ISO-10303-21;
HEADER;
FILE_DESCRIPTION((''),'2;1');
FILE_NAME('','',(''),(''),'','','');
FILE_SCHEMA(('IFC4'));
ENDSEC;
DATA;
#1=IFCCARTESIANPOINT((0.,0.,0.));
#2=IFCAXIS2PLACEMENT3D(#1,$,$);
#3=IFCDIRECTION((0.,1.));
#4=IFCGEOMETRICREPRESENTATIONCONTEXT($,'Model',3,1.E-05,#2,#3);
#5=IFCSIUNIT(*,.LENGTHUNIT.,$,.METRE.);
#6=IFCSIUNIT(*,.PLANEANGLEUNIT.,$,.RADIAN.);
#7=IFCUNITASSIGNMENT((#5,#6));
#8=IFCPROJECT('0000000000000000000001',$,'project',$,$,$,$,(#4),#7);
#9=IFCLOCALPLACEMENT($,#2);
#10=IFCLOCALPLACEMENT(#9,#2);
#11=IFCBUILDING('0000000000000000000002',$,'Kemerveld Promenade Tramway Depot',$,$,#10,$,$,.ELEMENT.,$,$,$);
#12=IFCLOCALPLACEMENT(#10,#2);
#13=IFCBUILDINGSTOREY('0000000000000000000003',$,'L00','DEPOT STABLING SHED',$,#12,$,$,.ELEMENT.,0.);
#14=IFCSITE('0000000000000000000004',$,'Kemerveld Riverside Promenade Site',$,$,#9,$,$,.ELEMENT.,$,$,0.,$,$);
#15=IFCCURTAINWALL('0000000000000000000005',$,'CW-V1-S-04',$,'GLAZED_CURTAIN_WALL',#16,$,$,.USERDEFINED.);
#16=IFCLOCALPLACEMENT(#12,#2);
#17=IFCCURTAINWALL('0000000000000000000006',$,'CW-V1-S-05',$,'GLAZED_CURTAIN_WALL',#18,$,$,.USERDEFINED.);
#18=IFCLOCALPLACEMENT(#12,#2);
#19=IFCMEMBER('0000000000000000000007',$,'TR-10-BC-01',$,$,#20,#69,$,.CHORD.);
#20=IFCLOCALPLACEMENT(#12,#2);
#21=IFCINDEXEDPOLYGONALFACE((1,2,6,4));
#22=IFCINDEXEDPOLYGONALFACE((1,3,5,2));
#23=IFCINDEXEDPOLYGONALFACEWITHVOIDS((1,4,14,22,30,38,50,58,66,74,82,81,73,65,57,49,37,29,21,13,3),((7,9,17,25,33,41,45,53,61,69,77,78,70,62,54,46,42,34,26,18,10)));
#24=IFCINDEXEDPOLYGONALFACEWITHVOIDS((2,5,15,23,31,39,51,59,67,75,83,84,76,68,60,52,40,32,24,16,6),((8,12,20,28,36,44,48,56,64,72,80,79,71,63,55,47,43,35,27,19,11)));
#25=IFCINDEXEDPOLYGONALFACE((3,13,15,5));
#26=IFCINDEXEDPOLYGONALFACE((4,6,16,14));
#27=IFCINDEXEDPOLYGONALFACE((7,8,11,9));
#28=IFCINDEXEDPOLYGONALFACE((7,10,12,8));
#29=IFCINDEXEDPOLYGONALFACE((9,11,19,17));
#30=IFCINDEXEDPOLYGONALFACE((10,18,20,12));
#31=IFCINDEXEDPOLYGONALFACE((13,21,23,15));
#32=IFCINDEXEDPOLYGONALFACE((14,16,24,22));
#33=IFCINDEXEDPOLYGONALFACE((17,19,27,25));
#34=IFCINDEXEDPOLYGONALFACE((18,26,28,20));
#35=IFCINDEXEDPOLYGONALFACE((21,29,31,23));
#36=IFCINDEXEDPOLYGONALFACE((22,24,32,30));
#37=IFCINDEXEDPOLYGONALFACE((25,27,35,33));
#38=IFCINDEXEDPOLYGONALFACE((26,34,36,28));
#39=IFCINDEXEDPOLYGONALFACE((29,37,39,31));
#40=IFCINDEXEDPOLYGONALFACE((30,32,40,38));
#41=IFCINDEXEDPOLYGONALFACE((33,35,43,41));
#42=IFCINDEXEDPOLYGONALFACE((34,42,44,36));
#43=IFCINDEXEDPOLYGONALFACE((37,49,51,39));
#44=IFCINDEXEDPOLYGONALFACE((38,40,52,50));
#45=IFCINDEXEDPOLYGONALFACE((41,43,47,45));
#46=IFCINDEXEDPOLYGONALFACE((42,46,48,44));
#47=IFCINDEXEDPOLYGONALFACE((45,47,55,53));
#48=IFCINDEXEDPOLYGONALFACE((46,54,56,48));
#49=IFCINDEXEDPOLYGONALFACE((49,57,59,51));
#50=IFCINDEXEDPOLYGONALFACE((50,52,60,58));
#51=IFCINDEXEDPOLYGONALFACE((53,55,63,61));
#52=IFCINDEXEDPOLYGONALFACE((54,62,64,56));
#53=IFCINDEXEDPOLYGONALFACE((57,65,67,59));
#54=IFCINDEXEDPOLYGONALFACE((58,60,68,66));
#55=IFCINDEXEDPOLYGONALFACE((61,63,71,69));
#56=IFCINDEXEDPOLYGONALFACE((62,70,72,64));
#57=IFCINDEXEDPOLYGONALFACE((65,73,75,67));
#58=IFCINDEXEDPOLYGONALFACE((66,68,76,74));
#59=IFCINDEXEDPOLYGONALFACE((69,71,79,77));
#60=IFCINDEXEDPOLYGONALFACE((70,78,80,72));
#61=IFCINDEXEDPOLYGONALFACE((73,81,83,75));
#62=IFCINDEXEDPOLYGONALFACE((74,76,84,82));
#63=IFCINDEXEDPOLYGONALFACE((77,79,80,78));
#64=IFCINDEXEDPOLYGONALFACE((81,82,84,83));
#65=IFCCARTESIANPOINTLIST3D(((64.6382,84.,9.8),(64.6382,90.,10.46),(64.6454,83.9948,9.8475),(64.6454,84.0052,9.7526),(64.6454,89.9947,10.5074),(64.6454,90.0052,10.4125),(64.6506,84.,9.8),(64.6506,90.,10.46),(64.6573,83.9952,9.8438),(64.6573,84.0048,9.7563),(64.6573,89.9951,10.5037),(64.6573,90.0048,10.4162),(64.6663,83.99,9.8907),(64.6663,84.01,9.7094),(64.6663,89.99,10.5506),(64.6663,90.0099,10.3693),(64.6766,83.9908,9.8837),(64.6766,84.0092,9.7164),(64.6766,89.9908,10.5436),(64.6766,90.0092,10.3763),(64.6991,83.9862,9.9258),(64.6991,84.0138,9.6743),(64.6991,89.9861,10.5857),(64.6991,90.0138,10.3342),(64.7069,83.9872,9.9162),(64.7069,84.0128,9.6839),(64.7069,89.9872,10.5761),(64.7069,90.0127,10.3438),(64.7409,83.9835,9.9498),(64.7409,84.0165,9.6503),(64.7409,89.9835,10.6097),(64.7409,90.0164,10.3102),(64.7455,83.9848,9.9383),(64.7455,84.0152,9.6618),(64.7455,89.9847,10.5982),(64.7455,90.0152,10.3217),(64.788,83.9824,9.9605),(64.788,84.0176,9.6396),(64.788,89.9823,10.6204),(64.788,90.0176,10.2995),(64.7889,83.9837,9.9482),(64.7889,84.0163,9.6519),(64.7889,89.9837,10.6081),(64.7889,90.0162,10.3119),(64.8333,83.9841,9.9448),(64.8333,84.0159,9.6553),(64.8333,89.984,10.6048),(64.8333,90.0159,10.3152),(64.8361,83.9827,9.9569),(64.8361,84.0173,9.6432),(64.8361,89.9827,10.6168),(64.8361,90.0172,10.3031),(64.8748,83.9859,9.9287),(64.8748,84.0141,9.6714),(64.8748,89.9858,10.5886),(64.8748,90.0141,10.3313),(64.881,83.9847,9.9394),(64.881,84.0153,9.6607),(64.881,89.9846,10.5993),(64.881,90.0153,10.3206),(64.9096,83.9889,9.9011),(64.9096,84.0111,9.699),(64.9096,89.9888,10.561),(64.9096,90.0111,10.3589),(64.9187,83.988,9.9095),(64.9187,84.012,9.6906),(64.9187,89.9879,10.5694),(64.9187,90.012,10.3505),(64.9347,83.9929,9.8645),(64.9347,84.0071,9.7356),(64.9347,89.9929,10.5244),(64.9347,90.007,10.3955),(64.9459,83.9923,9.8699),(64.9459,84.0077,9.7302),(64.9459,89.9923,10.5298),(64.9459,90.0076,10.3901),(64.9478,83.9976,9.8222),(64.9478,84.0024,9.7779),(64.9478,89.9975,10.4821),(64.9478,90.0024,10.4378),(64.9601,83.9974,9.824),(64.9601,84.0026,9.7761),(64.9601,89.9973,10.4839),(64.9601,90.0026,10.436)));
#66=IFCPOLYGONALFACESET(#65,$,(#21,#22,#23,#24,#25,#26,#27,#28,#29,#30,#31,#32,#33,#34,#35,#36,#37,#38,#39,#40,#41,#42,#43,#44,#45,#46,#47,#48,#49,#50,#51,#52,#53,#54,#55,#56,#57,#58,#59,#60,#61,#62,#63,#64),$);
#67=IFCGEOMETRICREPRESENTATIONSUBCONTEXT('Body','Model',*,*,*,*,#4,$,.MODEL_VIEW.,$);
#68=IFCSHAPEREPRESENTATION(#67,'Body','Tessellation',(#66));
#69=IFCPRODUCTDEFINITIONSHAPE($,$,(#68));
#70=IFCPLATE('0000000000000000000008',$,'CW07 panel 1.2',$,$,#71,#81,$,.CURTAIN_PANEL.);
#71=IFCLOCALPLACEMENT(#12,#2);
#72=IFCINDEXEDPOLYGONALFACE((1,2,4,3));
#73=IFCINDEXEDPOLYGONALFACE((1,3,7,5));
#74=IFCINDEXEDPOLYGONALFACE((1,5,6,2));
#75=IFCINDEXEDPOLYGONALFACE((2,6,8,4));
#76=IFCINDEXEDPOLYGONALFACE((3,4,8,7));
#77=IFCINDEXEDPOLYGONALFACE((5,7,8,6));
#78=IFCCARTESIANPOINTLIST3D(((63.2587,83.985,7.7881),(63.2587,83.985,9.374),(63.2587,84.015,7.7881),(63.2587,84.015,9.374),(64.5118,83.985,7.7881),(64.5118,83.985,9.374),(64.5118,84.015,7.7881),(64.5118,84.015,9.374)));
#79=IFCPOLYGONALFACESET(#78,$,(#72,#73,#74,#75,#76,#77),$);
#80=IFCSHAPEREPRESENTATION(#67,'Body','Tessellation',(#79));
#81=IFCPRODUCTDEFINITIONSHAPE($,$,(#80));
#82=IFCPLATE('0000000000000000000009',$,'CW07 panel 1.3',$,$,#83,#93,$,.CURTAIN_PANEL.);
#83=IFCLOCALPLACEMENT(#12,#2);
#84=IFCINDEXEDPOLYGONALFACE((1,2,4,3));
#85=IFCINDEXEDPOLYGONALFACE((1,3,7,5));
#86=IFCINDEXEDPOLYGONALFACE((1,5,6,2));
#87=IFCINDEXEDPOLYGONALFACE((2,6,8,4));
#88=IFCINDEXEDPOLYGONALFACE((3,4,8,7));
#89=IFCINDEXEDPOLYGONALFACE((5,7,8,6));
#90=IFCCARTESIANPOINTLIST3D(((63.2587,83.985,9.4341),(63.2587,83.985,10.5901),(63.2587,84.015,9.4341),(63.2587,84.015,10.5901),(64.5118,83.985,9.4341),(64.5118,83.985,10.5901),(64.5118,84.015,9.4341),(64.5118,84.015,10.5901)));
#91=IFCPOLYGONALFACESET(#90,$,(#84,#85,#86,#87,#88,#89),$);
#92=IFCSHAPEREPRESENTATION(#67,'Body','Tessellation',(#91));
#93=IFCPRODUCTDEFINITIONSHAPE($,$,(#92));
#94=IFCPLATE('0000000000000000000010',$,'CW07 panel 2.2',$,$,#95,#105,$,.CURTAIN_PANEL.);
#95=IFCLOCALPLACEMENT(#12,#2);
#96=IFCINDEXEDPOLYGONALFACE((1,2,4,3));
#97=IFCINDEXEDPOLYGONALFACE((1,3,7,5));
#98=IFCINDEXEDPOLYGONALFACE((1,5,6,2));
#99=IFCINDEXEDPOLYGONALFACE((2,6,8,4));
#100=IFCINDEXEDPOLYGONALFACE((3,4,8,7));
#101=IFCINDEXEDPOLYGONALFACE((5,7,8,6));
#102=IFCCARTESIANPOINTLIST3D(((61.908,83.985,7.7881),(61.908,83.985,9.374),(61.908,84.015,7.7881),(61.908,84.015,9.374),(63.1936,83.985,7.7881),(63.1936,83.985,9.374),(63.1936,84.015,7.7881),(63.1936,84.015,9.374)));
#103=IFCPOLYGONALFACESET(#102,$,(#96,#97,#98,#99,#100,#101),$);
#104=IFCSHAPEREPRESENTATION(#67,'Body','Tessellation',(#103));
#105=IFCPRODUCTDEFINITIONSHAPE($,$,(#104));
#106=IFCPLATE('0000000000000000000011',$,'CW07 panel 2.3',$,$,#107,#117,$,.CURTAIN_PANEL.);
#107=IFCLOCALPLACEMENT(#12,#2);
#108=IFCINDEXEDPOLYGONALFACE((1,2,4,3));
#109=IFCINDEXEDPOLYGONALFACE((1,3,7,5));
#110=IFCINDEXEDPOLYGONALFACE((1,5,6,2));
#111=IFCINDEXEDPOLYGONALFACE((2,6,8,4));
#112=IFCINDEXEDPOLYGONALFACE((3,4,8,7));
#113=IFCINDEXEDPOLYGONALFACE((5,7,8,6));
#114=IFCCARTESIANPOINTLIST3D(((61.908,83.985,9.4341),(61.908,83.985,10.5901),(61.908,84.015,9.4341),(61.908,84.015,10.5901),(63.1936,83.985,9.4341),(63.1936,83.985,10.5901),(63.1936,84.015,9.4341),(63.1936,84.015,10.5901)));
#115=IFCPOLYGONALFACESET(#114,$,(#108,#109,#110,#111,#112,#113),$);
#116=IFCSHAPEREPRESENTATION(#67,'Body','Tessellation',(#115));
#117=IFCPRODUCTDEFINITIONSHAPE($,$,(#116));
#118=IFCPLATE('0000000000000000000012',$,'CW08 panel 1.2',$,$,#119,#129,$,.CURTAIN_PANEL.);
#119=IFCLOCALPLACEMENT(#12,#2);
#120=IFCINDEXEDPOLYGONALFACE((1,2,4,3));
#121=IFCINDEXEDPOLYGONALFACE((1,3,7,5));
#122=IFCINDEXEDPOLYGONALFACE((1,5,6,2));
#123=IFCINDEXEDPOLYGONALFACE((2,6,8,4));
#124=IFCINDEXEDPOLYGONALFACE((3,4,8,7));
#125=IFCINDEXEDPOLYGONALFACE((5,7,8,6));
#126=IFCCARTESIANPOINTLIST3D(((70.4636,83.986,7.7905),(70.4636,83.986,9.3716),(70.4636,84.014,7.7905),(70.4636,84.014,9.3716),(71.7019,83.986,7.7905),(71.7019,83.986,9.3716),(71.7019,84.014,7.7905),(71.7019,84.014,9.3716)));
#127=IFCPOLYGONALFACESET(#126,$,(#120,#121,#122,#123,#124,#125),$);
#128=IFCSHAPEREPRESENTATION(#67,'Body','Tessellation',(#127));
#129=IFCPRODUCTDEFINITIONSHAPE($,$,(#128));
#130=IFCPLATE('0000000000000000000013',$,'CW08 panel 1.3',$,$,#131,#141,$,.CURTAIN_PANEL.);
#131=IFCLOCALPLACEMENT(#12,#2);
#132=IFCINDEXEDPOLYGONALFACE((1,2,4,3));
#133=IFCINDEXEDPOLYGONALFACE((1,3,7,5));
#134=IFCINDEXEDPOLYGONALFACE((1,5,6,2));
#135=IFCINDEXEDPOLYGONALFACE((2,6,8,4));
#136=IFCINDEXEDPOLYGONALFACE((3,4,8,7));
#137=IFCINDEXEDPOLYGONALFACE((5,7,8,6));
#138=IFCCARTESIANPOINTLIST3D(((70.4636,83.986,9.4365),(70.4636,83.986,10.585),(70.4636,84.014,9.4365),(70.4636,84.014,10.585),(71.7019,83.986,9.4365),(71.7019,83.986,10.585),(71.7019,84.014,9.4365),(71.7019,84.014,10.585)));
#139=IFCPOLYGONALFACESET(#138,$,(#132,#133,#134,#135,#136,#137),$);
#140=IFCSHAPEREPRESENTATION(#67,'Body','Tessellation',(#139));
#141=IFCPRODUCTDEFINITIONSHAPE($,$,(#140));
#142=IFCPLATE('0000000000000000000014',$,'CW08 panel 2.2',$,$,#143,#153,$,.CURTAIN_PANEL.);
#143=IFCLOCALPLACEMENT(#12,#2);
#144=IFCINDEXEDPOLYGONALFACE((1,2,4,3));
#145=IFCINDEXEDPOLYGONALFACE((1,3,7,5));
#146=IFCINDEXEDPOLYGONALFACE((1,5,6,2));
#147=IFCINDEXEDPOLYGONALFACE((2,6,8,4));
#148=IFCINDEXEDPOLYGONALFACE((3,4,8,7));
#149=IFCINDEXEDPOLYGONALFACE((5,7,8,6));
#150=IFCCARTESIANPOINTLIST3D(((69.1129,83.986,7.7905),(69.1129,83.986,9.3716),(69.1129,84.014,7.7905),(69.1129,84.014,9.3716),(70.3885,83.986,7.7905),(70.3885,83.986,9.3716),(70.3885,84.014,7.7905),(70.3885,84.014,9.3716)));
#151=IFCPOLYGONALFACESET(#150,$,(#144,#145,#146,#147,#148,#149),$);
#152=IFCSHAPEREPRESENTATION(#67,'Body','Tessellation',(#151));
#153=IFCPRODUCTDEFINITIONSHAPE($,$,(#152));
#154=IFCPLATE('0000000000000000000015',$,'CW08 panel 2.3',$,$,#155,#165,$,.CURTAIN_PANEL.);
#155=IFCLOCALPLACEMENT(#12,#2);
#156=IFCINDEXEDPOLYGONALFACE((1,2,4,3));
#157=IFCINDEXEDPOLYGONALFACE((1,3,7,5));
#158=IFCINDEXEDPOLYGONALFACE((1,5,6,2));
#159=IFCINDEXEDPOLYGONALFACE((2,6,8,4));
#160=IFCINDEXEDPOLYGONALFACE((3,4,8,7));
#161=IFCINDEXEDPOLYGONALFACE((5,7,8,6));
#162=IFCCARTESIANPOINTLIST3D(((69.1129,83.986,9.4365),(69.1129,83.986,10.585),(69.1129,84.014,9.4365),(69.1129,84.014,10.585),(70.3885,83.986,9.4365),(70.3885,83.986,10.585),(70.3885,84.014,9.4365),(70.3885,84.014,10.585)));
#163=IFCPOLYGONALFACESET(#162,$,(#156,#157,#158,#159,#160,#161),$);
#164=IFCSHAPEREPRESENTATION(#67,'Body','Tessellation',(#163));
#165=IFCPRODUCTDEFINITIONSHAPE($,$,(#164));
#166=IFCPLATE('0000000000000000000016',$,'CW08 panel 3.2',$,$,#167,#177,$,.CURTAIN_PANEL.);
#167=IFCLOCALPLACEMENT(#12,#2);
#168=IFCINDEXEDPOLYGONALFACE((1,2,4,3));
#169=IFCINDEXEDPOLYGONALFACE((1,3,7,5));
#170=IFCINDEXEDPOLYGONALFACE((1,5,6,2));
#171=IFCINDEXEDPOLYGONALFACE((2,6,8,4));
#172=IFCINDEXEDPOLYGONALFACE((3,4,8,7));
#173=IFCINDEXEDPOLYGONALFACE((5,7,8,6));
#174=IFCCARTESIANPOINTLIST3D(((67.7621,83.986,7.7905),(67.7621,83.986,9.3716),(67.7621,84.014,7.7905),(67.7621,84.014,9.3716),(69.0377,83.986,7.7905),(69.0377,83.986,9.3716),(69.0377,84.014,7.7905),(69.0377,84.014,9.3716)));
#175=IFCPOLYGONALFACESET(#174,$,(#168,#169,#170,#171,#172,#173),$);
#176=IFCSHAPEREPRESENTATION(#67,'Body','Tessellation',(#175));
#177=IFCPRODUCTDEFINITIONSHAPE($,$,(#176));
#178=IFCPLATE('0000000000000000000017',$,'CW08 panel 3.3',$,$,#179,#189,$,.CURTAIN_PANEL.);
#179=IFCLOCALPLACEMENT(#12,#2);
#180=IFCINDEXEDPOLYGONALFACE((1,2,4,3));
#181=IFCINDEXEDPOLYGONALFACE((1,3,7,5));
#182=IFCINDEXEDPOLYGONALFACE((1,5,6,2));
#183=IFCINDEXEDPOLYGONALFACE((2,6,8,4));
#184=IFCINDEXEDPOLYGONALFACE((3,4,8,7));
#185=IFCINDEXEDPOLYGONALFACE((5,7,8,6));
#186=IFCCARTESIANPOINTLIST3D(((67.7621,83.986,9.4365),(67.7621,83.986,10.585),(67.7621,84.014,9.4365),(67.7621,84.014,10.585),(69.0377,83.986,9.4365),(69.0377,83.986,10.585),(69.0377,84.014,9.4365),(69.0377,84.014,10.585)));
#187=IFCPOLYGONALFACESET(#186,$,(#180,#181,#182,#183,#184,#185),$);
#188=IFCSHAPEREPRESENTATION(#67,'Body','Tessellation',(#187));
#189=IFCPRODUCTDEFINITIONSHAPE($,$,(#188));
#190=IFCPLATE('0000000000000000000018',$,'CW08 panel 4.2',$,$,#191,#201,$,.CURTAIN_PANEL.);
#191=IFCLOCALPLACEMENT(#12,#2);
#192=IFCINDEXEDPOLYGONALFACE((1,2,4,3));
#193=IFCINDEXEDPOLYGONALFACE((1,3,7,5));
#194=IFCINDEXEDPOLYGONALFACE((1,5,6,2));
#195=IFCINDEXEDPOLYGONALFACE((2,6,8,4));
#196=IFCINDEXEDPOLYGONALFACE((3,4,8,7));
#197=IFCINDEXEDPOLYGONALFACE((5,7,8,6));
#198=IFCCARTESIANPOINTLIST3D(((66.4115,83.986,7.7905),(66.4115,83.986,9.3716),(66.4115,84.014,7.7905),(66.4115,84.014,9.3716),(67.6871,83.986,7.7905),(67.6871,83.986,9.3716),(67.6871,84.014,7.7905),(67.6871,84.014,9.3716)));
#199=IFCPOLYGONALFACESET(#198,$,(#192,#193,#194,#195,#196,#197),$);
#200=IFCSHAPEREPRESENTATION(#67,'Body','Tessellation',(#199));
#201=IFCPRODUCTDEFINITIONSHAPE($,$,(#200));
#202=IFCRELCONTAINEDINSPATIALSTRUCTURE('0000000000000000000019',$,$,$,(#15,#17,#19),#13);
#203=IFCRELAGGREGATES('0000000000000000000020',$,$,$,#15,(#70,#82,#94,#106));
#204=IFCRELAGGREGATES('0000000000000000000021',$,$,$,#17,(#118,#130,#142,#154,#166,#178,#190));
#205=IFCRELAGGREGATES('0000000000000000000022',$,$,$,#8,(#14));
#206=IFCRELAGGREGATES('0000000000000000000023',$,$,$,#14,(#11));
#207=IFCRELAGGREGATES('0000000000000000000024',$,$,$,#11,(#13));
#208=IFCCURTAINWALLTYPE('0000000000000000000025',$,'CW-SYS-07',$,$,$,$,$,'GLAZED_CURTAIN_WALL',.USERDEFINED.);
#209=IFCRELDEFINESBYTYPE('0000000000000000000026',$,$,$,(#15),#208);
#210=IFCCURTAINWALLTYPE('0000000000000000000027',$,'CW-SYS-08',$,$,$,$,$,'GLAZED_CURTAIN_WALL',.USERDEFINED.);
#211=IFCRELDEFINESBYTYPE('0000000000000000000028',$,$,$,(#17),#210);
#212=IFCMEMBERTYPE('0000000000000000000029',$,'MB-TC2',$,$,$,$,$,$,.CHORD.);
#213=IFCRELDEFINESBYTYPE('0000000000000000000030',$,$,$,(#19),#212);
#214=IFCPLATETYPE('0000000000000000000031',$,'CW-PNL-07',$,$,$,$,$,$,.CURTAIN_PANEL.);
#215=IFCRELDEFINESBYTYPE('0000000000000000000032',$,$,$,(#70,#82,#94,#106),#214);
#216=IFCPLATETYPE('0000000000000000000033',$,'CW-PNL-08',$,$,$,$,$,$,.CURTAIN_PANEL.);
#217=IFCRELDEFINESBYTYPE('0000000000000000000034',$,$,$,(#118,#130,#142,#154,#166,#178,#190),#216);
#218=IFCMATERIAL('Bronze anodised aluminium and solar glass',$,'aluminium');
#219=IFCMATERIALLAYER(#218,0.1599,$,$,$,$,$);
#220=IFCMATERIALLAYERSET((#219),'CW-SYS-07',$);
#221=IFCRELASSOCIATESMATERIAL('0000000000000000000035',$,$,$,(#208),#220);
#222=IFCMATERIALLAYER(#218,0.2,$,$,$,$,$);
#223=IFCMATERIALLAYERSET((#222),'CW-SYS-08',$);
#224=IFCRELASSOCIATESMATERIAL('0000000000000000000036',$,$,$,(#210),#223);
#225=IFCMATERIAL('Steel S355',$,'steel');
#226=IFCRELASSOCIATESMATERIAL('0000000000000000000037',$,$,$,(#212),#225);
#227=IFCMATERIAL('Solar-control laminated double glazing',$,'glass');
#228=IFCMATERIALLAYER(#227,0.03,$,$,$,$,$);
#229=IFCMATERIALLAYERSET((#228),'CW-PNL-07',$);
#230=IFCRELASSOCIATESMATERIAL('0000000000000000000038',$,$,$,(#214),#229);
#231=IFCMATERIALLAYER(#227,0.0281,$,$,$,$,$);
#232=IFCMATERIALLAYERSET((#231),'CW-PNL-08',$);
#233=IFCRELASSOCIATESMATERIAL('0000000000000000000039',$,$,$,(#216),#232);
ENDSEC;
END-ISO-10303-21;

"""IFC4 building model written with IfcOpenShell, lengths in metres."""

from ifc_helpers import new_model, si_unit, direction, frame, origin, origin_2d, place, context, subcontext, project, spatial, rectangle, hollow_circle, extrude, material, layer, layer_set, material_profile, profile_set, type_object, element, aggregate, save


model = new_model("IFC4")

# Units and contexts
model_context = context("Model", 3, precision=1e-05, world=origin(), true_north=direction((0.0, 1.0)))
body_context = subcontext(model_context, "Body", "Model", "MODEL_VIEW")
ifc_project = project(units=[si_unit("LENGTHUNIT", "METRE"), si_unit("PLANEANGLEUNIT", "RADIAN")], contexts=[model_context])

# Site, building, storey
site_placement = place(None, origin())
site = spatial("IfcSite", under=ifc_project, at=site_placement, Name="Kemerveld Riverside Promenade Site", CompositionType="ELEMENT", RefElevation=0.0)
building_placement = place(site_placement, origin())
building = spatial("IfcBuilding", under=site, at=building_placement, Name="Kemerveld Promenade Tramway Depot", CompositionType="ELEMENT")
storey_placement = place(building_placement, origin())
storey = spatial("IfcBuildingStorey", under=building, at=storey_placement, Name="L00", Description="DEPOT STABLING SHED", CompositionType="ELEMENT", Elevation=0.0)

# Shared definitions
ifc_material_1 = material(Name="Steel S355", Category="steel")

# Curtain walls
ifc_material_2 = material(Name="Bronze anodised aluminium and solar glass", Category="aluminium")
ifc_layer_1 = layer(ifc_material_2, 0.1599)
ifc_layer_set_1 = layer_set([ifc_layer_1], Name="CW-SYS-07")
curtain_wall_type_1 = type_object("IfcCurtainWallType", Name="CW-SYS-07", ElementType="GLAZED_CURTAIN_WALL", PredefinedType="USERDEFINED", material=ifc_layer_set_1)
curtain_wall_1_placement = place(storey_placement, origin())
curtain_wall_1 = element("IfcCurtainWall", 1, at=curtain_wall_1_placement, inside=storey, type_object=curtain_wall_type_1, Name="CW-V1-S-04", ObjectType="GLAZED_CURTAIN_WALL", PredefinedType="USERDEFINED")
ifc_layer_2 = layer(ifc_material_2, 0.2)
ifc_layer_set_2 = layer_set([ifc_layer_2], Name="CW-SYS-08")
curtain_wall_type_2 = type_object("IfcCurtainWallType", Name="CW-SYS-08", ElementType="GLAZED_CURTAIN_WALL", PredefinedType="USERDEFINED", material=ifc_layer_set_2)
curtain_wall_2_placement = place(storey_placement, origin())
curtain_wall_2 = element("IfcCurtainWall", 2, at=curtain_wall_2_placement, inside=storey, type_object=curtain_wall_type_2, Name="CW-V1-S-05", ObjectType="GLAZED_CURTAIN_WALL", PredefinedType="USERDEFINED")

# Member
ifc_material_profile_1 = material_profile(ifc_material_1, hollow_circle(Radius=0.1619, WallThickness=0.0125, at=origin_2d()), Name="323.9x12.5 CHS")
ifc_profile_set_1 = profile_set([ifc_material_profile_1], Name="Steel S355")
member_type_1 = type_object("IfcMemberType", Name="MB-TC2", PredefinedType="CHORD", material=ifc_profile_set_1)
member_1_placement = place(storey_placement, frame((64.8, 84.0, 9.8), z_axis=(0.0, 0.994006, 0.109326), x_axis=(-1.0, 0.0, 0.0)))
element("IfcMember", 3, at=member_1_placement, inside=storey, type_object=member_type_1, Name="TR-10-BC-01", PredefinedType="CHORD", context=body_context, shape_type="SweptSolid", body=[
    extrude(hollow_circle(Radius=0.1619, WallThickness=0.0125, at=origin_2d()), origin(), (0.0, 0.0, 1.0), 6.0361),
])

# Plates
ifc_material_3 = material(Name="Solar-control laminated double glazing", Category="glass")
ifc_layer_3 = layer(ifc_material_3, 0.03)
ifc_layer_set_3 = layer_set([ifc_layer_3], Name="CW-PNL-07")
plate_type_1 = type_object("IfcPlateType", Name="CW-PNL-07", PredefinedType="CURTAIN_PANEL", material=ifc_layer_set_3)
plate_1_placement = place(storey_placement, frame((63.8853, 84.0, 7.7881), z_axis=(0.0, 0.0, 1.0), x_axis=(-1.0, 0.0, 0.0)))
plate_1 = element("IfcPlate", 4, at=plate_1_placement, type_object=plate_type_1, Name="CW07 panel 1.2", PredefinedType="CURTAIN_PANEL", context=body_context, shape_type="SweptSolid", body=[
    extrude(rectangle(XDim=1.2532, YDim=0.03, at=origin_2d()), origin(), (0.0, 0.0, 1.0), 1.5859),
])
plate_2_placement = place(storey_placement, frame((63.8853, 84.0, 9.4341), z_axis=(0.0, 0.0, 1.0), x_axis=(-1.0, 0.0, 0.0)))
plate_2 = element("IfcPlate", 5, at=plate_2_placement, type_object=plate_type_1, Name="CW07 panel 1.3", PredefinedType="CURTAIN_PANEL", context=body_context, shape_type="SweptSolid", body=[
    extrude(rectangle(XDim=1.2532, YDim=0.03, at=origin_2d()), origin(), (0.0, 0.0, 1.0), 1.156),
])
plate_3_placement = place(storey_placement, frame((62.5508, 84.0, 7.7881), z_axis=(0.0, 0.0, 1.0), x_axis=(-1.0, 0.0, 0.0)))
plate_3 = element("IfcPlate", 6, at=plate_3_placement, type_object=plate_type_1, Name="CW07 panel 2.2", PredefinedType="CURTAIN_PANEL", context=body_context, shape_type="SweptSolid", body=[
    extrude(rectangle(XDim=1.2856, YDim=0.03, at=origin_2d()), origin(), (0.0, 0.0, 1.0), 1.5859),
])
plate_4_placement = place(storey_placement, frame((62.5508, 84.0, 9.4341), z_axis=(0.0, 0.0, 1.0), x_axis=(-1.0, 0.0, 0.0)))
plate_4 = element("IfcPlate", 7, at=plate_4_placement, type_object=plate_type_1, Name="CW07 panel 2.3", PredefinedType="CURTAIN_PANEL", context=body_context, shape_type="SweptSolid", body=[
    extrude(rectangle(XDim=1.2856, YDim=0.03, at=origin_2d()), origin(), (0.0, 0.0, 1.0), 1.156),
])
aggregate(curtain_wall_1, [plate_1, plate_2, plate_3, plate_4])
ifc_layer_4 = layer(ifc_material_3, 0.0281)
ifc_layer_set_4 = layer_set([ifc_layer_4], Name="CW-PNL-08")
plate_type_2 = type_object("IfcPlateType", Name="CW-PNL-08", PredefinedType="CURTAIN_PANEL", material=ifc_layer_set_4)
plate_5_placement = place(storey_placement, frame((71.0828, 84.0, 7.7905), z_axis=(0.0, 0.0, 1.0), x_axis=(-1.0, 0.0, 0.0)))
plate_5 = element("IfcPlate", 8, at=plate_5_placement, type_object=plate_type_2, Name="CW08 panel 1.2", PredefinedType="CURTAIN_PANEL", context=body_context, shape_type="SweptSolid", body=[
    extrude(rectangle(XDim=1.2383, YDim=0.0281, at=origin_2d()), origin(), (0.0, 0.0, 1.0), 1.5811),
])
plate_6_placement = place(storey_placement, frame((71.0828, 84.0, 9.4365), z_axis=(0.0, 0.0, 1.0), x_axis=(-1.0, 0.0, 0.0)))
plate_6 = element("IfcPlate", 9, at=plate_6_placement, type_object=plate_type_2, Name="CW08 panel 1.3", PredefinedType="CURTAIN_PANEL", context=body_context, shape_type="SweptSolid", body=[
    extrude(rectangle(XDim=1.2383, YDim=0.0281, at=origin_2d()), origin(), (0.0, 0.0, 1.0), 1.1484),
])
plate_7_placement = place(storey_placement, frame((69.7507, 84.0, 7.7905), z_axis=(0.0, 0.0, 1.0), x_axis=(-1.0, 0.0, 0.0)))
plate_7 = element("IfcPlate", 10, at=plate_7_placement, type_object=plate_type_2, Name="CW08 panel 2.2", PredefinedType="CURTAIN_PANEL", context=body_context, shape_type="SweptSolid", body=[
    extrude(rectangle(XDim=1.2756, YDim=0.0281, at=origin_2d()), origin(), (0.0, 0.0, 1.0), 1.5811),
])
plate_8_placement = place(storey_placement, frame((69.7507, 84.0, 9.4365), z_axis=(0.0, 0.0, 1.0), x_axis=(-1.0, 0.0, 0.0)))
plate_8 = element("IfcPlate", 11, at=plate_8_placement, type_object=plate_type_2, Name="CW08 panel 2.3", PredefinedType="CURTAIN_PANEL", context=body_context, shape_type="SweptSolid", body=[
    extrude(rectangle(XDim=1.2756, YDim=0.0281, at=origin_2d()), origin(), (0.0, 0.0, 1.0), 1.1484),
])
plate_9_placement = place(storey_placement, frame((68.3999, 84.0, 7.7905), z_axis=(0.0, 0.0, 1.0), x_axis=(-1.0, 0.0, 0.0)))
plate_9 = element("IfcPlate", 12, at=plate_9_placement, type_object=plate_type_2, Name="CW08 panel 3.2", PredefinedType="CURTAIN_PANEL", context=body_context, shape_type="SweptSolid", body=[
    extrude(rectangle(XDim=1.2756, YDim=0.0281, at=origin_2d()), origin(), (0.0, 0.0, 1.0), 1.5811),
])
plate_10_placement = place(storey_placement, frame((68.3999, 84.0, 9.4365), z_axis=(0.0, 0.0, 1.0), x_axis=(-1.0, 0.0, 0.0)))
plate_10 = element("IfcPlate", 13, at=plate_10_placement, type_object=plate_type_2, Name="CW08 panel 3.3", PredefinedType="CURTAIN_PANEL", context=body_context, shape_type="SweptSolid", body=[
    extrude(rectangle(XDim=1.2756, YDim=0.0281, at=origin_2d()), origin(), (0.0, 0.0, 1.0), 1.1484),
])
plate_11_placement = place(storey_placement, frame((67.0493, 84.0, 7.7905), z_axis=(0.0, 0.0, 1.0), x_axis=(-1.0, 0.0, 0.0)))
plate_11 = element("IfcPlate", 14, at=plate_11_placement, type_object=plate_type_2, Name="CW08 panel 4.2", PredefinedType="CURTAIN_PANEL", context=body_context, shape_type="SweptSolid", body=[
    extrude(rectangle(XDim=1.2756, YDim=0.0281, at=origin_2d()), origin(), (0.0, 0.0, 1.0), 1.5811),
])
aggregate(curtain_wall_2, [plate_5, plate_6, plate_7, plate_8, plate_9, plate_10, plate_11])

save(model, "model.ifc")
